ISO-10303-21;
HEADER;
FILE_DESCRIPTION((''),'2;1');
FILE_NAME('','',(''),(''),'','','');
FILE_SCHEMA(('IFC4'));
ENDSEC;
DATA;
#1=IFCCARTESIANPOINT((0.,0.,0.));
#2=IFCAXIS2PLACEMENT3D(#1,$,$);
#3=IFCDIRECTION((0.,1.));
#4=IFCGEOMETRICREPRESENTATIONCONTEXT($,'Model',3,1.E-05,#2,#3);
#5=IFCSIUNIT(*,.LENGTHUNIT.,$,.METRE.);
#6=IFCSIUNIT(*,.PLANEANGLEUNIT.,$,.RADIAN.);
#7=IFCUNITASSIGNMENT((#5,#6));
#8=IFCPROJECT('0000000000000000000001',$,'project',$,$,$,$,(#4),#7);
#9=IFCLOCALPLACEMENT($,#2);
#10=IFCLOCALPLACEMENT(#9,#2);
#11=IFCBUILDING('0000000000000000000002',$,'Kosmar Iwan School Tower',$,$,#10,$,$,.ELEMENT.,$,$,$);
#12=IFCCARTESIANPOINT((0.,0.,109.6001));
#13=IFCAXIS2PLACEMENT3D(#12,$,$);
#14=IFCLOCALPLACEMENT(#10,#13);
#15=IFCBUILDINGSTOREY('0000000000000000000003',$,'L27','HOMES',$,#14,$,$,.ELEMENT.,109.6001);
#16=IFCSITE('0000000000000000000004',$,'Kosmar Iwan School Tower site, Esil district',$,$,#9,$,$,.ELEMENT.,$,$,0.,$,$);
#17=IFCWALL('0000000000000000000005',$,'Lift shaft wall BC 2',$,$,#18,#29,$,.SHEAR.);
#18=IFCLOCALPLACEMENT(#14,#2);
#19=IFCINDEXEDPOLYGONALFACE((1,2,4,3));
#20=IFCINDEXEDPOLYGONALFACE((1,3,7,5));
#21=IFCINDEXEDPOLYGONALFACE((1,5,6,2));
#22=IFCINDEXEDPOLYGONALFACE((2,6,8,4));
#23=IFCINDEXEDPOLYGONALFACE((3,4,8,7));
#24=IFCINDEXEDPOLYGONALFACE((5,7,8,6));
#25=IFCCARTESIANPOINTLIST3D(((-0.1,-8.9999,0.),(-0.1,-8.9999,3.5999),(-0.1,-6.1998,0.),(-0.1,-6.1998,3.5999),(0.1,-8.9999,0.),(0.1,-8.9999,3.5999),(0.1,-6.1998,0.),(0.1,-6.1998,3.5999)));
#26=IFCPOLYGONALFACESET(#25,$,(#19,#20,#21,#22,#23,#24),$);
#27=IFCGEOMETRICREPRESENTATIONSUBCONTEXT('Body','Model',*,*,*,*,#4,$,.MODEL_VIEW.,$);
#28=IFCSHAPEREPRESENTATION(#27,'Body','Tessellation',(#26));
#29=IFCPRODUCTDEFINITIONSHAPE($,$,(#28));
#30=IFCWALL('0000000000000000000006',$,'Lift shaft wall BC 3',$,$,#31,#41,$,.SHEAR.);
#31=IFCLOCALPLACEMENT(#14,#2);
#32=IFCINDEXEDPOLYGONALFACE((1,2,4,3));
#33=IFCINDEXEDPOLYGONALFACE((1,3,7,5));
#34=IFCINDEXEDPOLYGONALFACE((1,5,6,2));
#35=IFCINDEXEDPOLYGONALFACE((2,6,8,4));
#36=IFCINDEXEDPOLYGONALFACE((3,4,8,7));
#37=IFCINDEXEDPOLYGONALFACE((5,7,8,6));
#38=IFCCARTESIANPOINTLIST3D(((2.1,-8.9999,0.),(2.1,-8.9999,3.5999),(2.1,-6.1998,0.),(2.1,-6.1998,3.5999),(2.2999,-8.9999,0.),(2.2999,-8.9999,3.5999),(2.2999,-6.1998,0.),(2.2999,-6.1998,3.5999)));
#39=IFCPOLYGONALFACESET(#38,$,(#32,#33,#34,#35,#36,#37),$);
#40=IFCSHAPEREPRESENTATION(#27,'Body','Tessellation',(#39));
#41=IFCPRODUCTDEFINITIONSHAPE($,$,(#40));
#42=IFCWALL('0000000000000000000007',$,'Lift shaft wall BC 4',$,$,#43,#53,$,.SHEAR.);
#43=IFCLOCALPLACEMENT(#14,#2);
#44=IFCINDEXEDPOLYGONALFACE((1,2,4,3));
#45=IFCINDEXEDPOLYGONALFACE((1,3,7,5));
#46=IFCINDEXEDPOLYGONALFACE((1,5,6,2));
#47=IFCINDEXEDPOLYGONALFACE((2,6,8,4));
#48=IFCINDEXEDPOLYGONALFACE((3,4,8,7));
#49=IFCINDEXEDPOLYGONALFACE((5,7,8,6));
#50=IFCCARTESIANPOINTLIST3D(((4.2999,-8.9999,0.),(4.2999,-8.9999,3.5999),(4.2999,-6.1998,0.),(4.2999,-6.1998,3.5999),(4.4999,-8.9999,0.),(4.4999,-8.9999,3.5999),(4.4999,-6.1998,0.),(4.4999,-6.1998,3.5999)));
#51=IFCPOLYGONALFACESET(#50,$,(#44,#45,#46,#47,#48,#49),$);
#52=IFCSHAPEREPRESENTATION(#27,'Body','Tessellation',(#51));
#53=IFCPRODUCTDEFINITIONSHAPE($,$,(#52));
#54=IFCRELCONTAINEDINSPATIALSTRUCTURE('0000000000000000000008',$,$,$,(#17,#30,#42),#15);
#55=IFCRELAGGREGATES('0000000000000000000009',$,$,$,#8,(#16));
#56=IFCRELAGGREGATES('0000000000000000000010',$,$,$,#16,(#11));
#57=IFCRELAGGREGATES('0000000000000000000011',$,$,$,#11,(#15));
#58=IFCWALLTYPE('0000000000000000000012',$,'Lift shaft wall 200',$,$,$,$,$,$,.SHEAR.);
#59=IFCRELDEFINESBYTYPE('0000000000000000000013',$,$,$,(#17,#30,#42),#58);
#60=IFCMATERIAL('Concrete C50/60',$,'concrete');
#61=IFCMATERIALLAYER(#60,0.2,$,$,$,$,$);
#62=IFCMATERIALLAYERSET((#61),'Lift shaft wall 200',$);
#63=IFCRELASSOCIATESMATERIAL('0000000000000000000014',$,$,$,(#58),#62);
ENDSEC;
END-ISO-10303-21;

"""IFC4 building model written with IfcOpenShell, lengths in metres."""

from ifc_helpers import new_model, si_unit, direction, frame, frame_2d, origin, place, context, subcontext, project, spatial, rectangle, extrude, material, layer, layer_set, type_object, element, save


model = new_model("IFC4")

# Units and contexts
model_context = context("Model", 3, precision=1e-05, world=origin(), true_north=direction((0.0, 1.0)))
body_context = subcontext(model_context, "Body", "Model", "MODEL_VIEW")
ifc_project = project(units=[si_unit("LENGTHUNIT", "METRE"), si_unit("PLANEANGLEUNIT", "RADIAN")], contexts=[model_context])

# Site, building, storey
site_placement = place(None, origin())
site = spatial("IfcSite", under=ifc_project, at=site_placement, Name="Kosmar Iwan School Tower site, Esil district", CompositionType="ELEMENT", RefElevation=0.0)
building_placement = place(site_placement, origin())
building = spatial("IfcBuilding", under=site, at=building_placement, Name="Kosmar Iwan School Tower", CompositionType="ELEMENT")
storey_placement = place(building_placement, frame((0.0, 0.0, 109.6001)))
storey = spatial("IfcBuildingStorey", under=building, at=storey_placement, Name="L27", Description="HOMES", CompositionType="ELEMENT", Elevation=109.6001)

# Walls
ifc_material_1 = material(Name="Concrete C50/60", Category="concrete")
ifc_layer_1 = layer(ifc_material_1, 0.2)
ifc_layer_set_1 = layer_set([ifc_layer_1], Name="Lift shaft wall 200")
wall_type_1 = type_object("IfcWallType", Name="Lift shaft wall 200", PredefinedType="SHEAR", material=ifc_layer_set_1)
for number, where, z_axis, x_axis, name in (
    (1, (0.0, -6.2, 0.0), (0.0, 0.0, 1.0), (0.0, -1.0, 0.0), "Lift shaft wall BC 2"),
    (2, (2.2, -6.2, 0.0), (0.0, 0.0, 1.0), (0.0, -1.0, 0.0), "Lift shaft wall BC 3"),
    (3, (4.3999, -6.2, 0.0), (0.0, 0.0, 1.0), (0.0, -1.0, 0.0), "Lift shaft wall BC 4"),
):
    element("IfcWall", number, at=place(storey_placement, frame(where, z_axis=z_axis, x_axis=x_axis)), inside=storey, type_object=wall_type_1, Name=name, PredefinedType="SHEAR", context=body_context, shape_type="SweptSolid", body=[
        extrude(rectangle(XDim=2.8, YDim=0.2, at=frame_2d((1.3999, 0.0))), origin(), (0.0, 0.0, 1.0), 3.5999),
    ])

save(model, "model.ifc")
